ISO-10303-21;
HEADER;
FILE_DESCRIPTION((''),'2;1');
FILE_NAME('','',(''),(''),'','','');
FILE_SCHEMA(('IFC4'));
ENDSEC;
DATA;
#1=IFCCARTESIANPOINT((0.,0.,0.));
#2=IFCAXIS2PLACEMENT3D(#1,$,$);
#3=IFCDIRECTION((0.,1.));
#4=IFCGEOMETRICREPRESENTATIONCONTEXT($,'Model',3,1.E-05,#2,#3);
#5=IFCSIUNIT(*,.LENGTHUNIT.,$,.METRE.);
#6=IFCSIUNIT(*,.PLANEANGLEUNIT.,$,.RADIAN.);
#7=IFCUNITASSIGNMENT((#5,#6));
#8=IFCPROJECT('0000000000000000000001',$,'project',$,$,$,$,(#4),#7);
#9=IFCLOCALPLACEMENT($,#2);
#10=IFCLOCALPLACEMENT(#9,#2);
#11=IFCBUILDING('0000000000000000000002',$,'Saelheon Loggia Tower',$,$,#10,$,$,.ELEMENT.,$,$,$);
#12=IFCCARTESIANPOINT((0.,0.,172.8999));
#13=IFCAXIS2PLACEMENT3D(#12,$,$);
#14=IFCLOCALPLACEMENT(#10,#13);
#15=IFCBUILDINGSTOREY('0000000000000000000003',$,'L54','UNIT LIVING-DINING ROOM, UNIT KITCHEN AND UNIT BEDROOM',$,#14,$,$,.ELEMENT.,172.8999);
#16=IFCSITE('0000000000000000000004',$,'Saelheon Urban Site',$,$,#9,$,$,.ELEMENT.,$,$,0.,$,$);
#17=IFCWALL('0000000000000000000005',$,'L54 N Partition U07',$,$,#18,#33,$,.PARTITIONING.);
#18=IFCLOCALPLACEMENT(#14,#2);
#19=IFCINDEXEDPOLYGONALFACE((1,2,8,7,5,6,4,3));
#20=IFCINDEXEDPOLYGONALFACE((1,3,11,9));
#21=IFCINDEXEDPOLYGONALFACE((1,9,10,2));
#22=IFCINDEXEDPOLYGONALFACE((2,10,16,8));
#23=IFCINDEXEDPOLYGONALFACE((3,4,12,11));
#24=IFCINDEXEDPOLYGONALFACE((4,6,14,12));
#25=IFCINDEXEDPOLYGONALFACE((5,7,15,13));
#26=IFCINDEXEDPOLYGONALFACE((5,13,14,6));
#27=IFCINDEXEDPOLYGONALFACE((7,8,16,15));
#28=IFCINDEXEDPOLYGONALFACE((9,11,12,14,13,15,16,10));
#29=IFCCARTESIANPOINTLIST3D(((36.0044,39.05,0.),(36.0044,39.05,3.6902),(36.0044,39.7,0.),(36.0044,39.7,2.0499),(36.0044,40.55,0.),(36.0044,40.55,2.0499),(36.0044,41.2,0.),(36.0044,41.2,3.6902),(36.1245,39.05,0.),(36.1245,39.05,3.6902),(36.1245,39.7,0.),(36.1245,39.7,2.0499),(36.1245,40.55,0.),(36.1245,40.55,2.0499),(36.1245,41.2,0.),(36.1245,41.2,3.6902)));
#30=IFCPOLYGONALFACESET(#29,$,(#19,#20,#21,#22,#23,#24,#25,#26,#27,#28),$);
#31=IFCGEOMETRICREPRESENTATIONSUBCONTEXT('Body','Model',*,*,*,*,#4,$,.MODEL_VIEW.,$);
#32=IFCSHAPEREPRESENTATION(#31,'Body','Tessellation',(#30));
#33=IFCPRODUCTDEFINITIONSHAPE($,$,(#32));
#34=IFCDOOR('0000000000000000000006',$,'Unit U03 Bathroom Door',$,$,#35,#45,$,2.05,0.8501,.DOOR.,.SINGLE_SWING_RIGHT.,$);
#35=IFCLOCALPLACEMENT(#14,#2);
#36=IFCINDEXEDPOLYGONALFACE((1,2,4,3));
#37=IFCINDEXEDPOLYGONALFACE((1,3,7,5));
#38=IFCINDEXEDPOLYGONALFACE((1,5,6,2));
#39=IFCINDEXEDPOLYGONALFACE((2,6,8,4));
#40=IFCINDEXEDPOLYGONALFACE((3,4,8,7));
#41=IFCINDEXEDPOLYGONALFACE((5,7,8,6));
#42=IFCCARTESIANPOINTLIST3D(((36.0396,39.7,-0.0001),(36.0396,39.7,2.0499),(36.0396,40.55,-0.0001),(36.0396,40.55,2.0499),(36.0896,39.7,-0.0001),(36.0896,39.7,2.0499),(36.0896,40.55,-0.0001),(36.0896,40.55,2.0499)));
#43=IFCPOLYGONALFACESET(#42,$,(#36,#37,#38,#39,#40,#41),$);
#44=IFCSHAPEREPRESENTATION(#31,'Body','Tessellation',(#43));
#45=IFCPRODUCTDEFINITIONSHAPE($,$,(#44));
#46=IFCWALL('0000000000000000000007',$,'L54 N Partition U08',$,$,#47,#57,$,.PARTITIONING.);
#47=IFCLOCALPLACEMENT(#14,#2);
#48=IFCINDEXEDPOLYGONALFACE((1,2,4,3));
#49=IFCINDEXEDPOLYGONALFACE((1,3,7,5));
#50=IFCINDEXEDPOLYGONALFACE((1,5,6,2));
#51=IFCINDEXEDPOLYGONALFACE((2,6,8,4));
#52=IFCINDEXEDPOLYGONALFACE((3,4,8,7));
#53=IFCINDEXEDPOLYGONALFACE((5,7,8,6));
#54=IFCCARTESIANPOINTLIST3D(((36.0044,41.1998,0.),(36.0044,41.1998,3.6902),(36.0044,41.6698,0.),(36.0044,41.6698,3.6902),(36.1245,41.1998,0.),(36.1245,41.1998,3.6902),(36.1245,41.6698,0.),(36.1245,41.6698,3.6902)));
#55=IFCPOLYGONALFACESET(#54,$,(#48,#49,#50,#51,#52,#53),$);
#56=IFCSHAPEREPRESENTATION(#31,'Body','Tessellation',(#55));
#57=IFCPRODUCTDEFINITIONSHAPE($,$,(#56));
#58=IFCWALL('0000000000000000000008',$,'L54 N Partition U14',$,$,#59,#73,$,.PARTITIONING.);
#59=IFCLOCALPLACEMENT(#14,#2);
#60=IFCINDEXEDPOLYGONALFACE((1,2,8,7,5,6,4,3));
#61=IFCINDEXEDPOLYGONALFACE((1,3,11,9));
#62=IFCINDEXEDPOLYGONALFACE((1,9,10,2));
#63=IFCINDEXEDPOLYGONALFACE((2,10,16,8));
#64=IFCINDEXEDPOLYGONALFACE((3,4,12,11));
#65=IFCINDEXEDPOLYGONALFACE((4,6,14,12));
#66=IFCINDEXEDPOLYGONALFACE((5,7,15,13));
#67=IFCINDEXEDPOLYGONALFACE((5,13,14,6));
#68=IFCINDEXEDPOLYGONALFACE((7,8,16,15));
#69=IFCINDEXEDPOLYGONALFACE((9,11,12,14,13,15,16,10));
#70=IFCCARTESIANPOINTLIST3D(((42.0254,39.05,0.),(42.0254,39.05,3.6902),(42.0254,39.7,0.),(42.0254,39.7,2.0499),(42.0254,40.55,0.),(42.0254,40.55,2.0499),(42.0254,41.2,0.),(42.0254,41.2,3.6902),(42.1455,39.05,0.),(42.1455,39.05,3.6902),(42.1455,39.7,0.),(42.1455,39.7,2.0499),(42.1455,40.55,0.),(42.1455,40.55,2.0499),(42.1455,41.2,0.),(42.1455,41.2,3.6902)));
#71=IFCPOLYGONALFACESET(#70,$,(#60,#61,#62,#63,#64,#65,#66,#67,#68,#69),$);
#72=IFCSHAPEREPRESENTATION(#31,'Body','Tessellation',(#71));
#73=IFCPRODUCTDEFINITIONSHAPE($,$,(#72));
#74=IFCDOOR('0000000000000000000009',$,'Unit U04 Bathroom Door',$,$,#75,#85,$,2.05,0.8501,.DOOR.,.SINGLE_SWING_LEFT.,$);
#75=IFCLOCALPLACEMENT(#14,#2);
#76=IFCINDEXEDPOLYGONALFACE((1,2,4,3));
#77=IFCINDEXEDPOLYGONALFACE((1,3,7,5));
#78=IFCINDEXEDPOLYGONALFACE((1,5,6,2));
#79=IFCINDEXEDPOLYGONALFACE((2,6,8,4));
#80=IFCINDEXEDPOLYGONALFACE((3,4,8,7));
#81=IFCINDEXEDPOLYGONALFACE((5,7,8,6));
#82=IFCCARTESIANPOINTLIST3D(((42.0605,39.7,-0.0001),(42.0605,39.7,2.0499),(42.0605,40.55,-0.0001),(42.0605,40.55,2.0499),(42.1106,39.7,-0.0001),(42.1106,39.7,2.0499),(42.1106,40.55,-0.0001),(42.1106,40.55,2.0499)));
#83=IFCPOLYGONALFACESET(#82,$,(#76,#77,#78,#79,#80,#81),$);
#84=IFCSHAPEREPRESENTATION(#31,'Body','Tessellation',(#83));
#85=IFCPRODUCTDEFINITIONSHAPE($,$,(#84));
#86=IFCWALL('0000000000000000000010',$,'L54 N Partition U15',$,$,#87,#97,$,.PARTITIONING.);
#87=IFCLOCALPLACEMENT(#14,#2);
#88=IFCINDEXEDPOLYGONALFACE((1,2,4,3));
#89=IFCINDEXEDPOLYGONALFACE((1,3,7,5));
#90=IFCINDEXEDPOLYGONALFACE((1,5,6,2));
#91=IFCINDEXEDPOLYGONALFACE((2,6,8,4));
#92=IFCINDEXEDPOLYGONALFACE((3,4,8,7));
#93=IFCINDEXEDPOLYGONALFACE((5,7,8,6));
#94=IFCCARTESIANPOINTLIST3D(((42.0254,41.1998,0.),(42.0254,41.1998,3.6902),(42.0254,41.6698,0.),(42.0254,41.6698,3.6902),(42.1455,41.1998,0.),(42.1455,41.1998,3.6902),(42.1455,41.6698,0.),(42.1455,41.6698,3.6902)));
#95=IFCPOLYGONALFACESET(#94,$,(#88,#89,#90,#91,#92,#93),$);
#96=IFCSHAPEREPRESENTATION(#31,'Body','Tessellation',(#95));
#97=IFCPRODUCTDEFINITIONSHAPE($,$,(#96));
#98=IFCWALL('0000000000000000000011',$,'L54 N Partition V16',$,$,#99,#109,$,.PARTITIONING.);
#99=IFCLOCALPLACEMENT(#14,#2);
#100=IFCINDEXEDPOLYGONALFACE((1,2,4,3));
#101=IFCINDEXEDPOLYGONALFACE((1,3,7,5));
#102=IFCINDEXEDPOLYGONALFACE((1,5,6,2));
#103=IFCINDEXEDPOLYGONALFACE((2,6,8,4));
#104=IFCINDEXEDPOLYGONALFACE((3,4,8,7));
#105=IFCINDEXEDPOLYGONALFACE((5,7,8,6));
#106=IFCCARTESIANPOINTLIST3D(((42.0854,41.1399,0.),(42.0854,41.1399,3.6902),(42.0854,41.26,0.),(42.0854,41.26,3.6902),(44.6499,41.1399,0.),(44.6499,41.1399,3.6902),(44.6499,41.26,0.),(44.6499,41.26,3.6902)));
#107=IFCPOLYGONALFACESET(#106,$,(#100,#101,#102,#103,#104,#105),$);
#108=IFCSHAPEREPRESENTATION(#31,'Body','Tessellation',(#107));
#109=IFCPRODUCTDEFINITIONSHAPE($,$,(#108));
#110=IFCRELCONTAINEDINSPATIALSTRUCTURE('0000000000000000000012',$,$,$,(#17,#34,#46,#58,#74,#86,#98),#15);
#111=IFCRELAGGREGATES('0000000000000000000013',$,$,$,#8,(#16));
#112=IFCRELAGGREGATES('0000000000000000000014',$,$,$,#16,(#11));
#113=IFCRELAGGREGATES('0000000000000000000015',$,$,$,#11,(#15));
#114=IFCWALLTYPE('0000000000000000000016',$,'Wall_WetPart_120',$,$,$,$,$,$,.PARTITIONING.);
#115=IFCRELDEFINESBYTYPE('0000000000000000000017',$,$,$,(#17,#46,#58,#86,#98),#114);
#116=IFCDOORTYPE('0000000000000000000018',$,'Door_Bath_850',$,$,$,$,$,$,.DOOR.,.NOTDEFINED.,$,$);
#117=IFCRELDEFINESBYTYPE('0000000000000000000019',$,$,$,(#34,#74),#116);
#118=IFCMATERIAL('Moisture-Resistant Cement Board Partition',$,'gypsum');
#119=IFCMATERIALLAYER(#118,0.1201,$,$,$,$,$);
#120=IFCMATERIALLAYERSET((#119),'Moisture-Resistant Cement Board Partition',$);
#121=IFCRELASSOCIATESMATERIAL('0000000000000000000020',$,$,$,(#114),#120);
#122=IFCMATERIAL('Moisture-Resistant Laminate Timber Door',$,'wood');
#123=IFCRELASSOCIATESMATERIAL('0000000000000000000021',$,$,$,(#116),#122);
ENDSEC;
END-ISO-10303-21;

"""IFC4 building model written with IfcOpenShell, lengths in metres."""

from ifc_helpers import new_model, si_unit, direction, frame, frame_2d, origin, place, context, subcontext, project, spatial, rectangle, extrude, source, transform, mapped, material, layer, layer_set, type_object, element, fill, save


model = new_model("IFC4")

# Units and contexts
model_context = context("Model", 3, precision=1e-05, world=origin(), true_north=direction((0.0, 1.0)))
body_context = subcontext(model_context, "Body", "Model", "MODEL_VIEW")
ifc_project = project(units=[si_unit("LENGTHUNIT", "METRE"), si_unit("PLANEANGLEUNIT", "RADIAN")], contexts=[model_context])

# Site, building, storey
site_placement = place(None, origin())
site = spatial("IfcSite", under=ifc_project, at=site_placement, Name="Saelheon Urban Site", CompositionType="ELEMENT", RefElevation=0.0)
building_placement = place(site_placement, origin())
building = spatial("IfcBuilding", under=site, at=building_placement, Name="Saelheon Loggia Tower", CompositionType="ELEMENT")
storey_placement = place(building_placement, frame((0.0, 0.0, 172.8999)))
storey = spatial("IfcBuildingStorey", under=building, at=storey_placement, Name="L54", Description="UNIT LIVING-DINING ROOM, UNIT KITCHEN AND UNIT BEDROOM", CompositionType="ELEMENT", Elevation=172.8999)

# Wall, opening, door
ifc_material_1 = material(Name="Moisture-Resistant Cement Board Partition", Category="gypsum")
ifc_layer_1 = layer(ifc_material_1, 0.1201)
ifc_layer_set_1 = layer_set([ifc_layer_1], Name="Moisture-Resistant Cement Board Partition")
wall_type_1 = type_object("IfcWallType", Name="Wall_WetPart_120", PredefinedType="PARTITIONING", material=ifc_layer_set_1)
wall_1_placement = place(storey_placement, frame((36.0645, 39.05, 0.0), z_axis=(0.0, 0.0, 1.0), x_axis=(0.0, 1.0, 0.0)))
wall_1 = element("IfcWall", 1, at=wall_1_placement, inside=storey, type_object=wall_type_1, Name="L54 N Partition U07", PredefinedType="PARTITIONING", context=body_context, shape_type="SweptSolid", body=[
    extrude(rectangle(XDim=2.1499, YDim=0.1201, at=frame_2d((1.075, 0.0))), origin(), (0.0, 0.0, 1.0), 3.6902),
])
opening_1_placement = place(wall_1_placement, frame((0.6499, 0.0, 0.0)))
opening_1 = element("IfcOpeningElement", 2, at=opening_1_placement, cuts=wall_1, PredefinedType="OPENING", context=body_context, shape_type="SweptSolid", body=[
    extrude(rectangle(XDim=0.8501, YDim=2.05, at=frame_2d((0.425, 1.0249))), frame((0.0, 0.072, 0.0), z_axis=(0.0, -1.0, 0.0), x_axis=(1.0, 0.0, 0.0)), (0.0, 0.0, 1.0), 0.144),
])
ifc_material_2 = material(Name="Moisture-Resistant Laminate Timber Door", Category="wood")
door_type_1 = type_object("IfcDoorType", Name="Door_Bath_850", OperationType="NOTDEFINED", PredefinedType="DOOR", material=ifc_material_2)
shared_shape_1 = source(origin(), body_context, "Body", "SweptSolid", [
    extrude(rectangle(XDim=0.8501, YDim=2.05, at=frame_2d((0.425, 1.0249))), frame((0.0, 0.0249, 0.0), z_axis=(0.0, -1.0, 0.0), x_axis=(1.0, 0.0, 0.0)), (0.0, 0.0, 1.0), 0.05),
])
door_1_placement = place(opening_1_placement, origin())
door_1 = element("IfcDoor", 3, at=door_1_placement, inside=storey, type_object=door_type_1, Name="Unit U03 Bathroom Door", OperationType="SINGLE_SWING_RIGHT", OverallHeight=2.05, OverallWidth=0.8501, PredefinedType="DOOR", context=body_context, shape_type="MappedRepresentation", body=[
    mapped(shared_shape_1, transform((0.0, 0.0, 0.0), scale=1.0)),
])
fill(opening_1, door_1)

# Wall
wall_2_placement = place(storey_placement, frame((36.0645, 41.2, 0.0), z_axis=(0.0, 0.0, 1.0), x_axis=(0.0, 1.0, 0.0)))
element("IfcWall", 4, at=wall_2_placement, inside=storey, type_object=wall_type_1, Name="L54 N Partition U08", PredefinedType="PARTITIONING", context=body_context, shape_type="SweptSolid", body=[
    extrude(rectangle(XDim=0.47, YDim=0.1201, at=frame_2d((0.2349, 0.0))), origin(), (0.0, 0.0, 1.0), 3.6902),
])

# Wall, opening, door
wall_3_placement = place(storey_placement, frame((42.0854, 39.05, 0.0), z_axis=(0.0, 0.0, 1.0), x_axis=(0.0, 1.0, 0.0)))
wall_3 = element("IfcWall", 5, at=wall_3_placement, inside=storey, type_object=wall_type_1, Name="L54 N Partition U14", PredefinedType="PARTITIONING", context=body_context, shape_type="SweptSolid", body=[
    extrude(rectangle(XDim=2.1499, YDim=0.1201, at=frame_2d((1.075, 0.0))), origin(), (0.0, 0.0, 1.0), 3.6902),
])
opening_2_placement = place(wall_3_placement, frame((0.6499, 0.0, 0.0)))
opening_2 = element("IfcOpeningElement", 6, at=opening_2_placement, cuts=wall_3, PredefinedType="OPENING", context=body_context, shape_type="SweptSolid", body=[
    extrude(rectangle(XDim=0.8501, YDim=2.05, at=frame_2d((0.425, 1.0249))), frame((0.0, 0.072, 0.0), z_axis=(0.0, -1.0, 0.0), x_axis=(1.0, 0.0, 0.0)), (0.0, 0.0, 1.0), 0.144),
])
door_2_placement = place(opening_2_placement, origin())
door_2 = element("IfcDoor", 7, at=door_2_placement, inside=storey, type_object=door_type_1, Name="Unit U04 Bathroom Door", OperationType="SINGLE_SWING_LEFT", OverallHeight=2.05, OverallWidth=0.8501, PredefinedType="DOOR", context=body_context, shape_type="MappedRepresentation", body=[
    mapped(shared_shape_1, transform((0.0, 0.0, 0.0), scale=1.0)),
])
fill(opening_2, door_2)

# Walls
wall_4_placement = place(storey_placement, frame((42.0854, 41.2, 0.0), z_axis=(0.0, 0.0, 1.0), x_axis=(0.0, 1.0, 0.0)))
element("IfcWall", 8, at=wall_4_placement, inside=storey, type_object=wall_type_1, Name="L54 N Partition U15", PredefinedType="PARTITIONING", context=body_context, shape_type="SweptSolid", body=[
    extrude(rectangle(XDim=0.47, YDim=0.1201, at=frame_2d((0.2349, 0.0))), origin(), (0.0, 0.0, 1.0), 3.6902),
])
wall_5_placement = place(storey_placement, frame((42.0854, 41.2, 0.0), z_axis=(0.0, 0.0, 1.0), x_axis=(1.0, 0.0, 0.0)))
element("IfcWall", 9, at=wall_5_placement, inside=storey, type_object=wall_type_1, Name="L54 N Partition V16", PredefinedType="PARTITIONING", context=body_context, shape_type="SweptSolid", body=[
    extrude(rectangle(XDim=2.5645, YDim=0.1201, at=frame_2d((1.2822, 0.0))), origin(), (0.0, 0.0, 1.0), 3.6902),
])

save(model, "model.ifc")
